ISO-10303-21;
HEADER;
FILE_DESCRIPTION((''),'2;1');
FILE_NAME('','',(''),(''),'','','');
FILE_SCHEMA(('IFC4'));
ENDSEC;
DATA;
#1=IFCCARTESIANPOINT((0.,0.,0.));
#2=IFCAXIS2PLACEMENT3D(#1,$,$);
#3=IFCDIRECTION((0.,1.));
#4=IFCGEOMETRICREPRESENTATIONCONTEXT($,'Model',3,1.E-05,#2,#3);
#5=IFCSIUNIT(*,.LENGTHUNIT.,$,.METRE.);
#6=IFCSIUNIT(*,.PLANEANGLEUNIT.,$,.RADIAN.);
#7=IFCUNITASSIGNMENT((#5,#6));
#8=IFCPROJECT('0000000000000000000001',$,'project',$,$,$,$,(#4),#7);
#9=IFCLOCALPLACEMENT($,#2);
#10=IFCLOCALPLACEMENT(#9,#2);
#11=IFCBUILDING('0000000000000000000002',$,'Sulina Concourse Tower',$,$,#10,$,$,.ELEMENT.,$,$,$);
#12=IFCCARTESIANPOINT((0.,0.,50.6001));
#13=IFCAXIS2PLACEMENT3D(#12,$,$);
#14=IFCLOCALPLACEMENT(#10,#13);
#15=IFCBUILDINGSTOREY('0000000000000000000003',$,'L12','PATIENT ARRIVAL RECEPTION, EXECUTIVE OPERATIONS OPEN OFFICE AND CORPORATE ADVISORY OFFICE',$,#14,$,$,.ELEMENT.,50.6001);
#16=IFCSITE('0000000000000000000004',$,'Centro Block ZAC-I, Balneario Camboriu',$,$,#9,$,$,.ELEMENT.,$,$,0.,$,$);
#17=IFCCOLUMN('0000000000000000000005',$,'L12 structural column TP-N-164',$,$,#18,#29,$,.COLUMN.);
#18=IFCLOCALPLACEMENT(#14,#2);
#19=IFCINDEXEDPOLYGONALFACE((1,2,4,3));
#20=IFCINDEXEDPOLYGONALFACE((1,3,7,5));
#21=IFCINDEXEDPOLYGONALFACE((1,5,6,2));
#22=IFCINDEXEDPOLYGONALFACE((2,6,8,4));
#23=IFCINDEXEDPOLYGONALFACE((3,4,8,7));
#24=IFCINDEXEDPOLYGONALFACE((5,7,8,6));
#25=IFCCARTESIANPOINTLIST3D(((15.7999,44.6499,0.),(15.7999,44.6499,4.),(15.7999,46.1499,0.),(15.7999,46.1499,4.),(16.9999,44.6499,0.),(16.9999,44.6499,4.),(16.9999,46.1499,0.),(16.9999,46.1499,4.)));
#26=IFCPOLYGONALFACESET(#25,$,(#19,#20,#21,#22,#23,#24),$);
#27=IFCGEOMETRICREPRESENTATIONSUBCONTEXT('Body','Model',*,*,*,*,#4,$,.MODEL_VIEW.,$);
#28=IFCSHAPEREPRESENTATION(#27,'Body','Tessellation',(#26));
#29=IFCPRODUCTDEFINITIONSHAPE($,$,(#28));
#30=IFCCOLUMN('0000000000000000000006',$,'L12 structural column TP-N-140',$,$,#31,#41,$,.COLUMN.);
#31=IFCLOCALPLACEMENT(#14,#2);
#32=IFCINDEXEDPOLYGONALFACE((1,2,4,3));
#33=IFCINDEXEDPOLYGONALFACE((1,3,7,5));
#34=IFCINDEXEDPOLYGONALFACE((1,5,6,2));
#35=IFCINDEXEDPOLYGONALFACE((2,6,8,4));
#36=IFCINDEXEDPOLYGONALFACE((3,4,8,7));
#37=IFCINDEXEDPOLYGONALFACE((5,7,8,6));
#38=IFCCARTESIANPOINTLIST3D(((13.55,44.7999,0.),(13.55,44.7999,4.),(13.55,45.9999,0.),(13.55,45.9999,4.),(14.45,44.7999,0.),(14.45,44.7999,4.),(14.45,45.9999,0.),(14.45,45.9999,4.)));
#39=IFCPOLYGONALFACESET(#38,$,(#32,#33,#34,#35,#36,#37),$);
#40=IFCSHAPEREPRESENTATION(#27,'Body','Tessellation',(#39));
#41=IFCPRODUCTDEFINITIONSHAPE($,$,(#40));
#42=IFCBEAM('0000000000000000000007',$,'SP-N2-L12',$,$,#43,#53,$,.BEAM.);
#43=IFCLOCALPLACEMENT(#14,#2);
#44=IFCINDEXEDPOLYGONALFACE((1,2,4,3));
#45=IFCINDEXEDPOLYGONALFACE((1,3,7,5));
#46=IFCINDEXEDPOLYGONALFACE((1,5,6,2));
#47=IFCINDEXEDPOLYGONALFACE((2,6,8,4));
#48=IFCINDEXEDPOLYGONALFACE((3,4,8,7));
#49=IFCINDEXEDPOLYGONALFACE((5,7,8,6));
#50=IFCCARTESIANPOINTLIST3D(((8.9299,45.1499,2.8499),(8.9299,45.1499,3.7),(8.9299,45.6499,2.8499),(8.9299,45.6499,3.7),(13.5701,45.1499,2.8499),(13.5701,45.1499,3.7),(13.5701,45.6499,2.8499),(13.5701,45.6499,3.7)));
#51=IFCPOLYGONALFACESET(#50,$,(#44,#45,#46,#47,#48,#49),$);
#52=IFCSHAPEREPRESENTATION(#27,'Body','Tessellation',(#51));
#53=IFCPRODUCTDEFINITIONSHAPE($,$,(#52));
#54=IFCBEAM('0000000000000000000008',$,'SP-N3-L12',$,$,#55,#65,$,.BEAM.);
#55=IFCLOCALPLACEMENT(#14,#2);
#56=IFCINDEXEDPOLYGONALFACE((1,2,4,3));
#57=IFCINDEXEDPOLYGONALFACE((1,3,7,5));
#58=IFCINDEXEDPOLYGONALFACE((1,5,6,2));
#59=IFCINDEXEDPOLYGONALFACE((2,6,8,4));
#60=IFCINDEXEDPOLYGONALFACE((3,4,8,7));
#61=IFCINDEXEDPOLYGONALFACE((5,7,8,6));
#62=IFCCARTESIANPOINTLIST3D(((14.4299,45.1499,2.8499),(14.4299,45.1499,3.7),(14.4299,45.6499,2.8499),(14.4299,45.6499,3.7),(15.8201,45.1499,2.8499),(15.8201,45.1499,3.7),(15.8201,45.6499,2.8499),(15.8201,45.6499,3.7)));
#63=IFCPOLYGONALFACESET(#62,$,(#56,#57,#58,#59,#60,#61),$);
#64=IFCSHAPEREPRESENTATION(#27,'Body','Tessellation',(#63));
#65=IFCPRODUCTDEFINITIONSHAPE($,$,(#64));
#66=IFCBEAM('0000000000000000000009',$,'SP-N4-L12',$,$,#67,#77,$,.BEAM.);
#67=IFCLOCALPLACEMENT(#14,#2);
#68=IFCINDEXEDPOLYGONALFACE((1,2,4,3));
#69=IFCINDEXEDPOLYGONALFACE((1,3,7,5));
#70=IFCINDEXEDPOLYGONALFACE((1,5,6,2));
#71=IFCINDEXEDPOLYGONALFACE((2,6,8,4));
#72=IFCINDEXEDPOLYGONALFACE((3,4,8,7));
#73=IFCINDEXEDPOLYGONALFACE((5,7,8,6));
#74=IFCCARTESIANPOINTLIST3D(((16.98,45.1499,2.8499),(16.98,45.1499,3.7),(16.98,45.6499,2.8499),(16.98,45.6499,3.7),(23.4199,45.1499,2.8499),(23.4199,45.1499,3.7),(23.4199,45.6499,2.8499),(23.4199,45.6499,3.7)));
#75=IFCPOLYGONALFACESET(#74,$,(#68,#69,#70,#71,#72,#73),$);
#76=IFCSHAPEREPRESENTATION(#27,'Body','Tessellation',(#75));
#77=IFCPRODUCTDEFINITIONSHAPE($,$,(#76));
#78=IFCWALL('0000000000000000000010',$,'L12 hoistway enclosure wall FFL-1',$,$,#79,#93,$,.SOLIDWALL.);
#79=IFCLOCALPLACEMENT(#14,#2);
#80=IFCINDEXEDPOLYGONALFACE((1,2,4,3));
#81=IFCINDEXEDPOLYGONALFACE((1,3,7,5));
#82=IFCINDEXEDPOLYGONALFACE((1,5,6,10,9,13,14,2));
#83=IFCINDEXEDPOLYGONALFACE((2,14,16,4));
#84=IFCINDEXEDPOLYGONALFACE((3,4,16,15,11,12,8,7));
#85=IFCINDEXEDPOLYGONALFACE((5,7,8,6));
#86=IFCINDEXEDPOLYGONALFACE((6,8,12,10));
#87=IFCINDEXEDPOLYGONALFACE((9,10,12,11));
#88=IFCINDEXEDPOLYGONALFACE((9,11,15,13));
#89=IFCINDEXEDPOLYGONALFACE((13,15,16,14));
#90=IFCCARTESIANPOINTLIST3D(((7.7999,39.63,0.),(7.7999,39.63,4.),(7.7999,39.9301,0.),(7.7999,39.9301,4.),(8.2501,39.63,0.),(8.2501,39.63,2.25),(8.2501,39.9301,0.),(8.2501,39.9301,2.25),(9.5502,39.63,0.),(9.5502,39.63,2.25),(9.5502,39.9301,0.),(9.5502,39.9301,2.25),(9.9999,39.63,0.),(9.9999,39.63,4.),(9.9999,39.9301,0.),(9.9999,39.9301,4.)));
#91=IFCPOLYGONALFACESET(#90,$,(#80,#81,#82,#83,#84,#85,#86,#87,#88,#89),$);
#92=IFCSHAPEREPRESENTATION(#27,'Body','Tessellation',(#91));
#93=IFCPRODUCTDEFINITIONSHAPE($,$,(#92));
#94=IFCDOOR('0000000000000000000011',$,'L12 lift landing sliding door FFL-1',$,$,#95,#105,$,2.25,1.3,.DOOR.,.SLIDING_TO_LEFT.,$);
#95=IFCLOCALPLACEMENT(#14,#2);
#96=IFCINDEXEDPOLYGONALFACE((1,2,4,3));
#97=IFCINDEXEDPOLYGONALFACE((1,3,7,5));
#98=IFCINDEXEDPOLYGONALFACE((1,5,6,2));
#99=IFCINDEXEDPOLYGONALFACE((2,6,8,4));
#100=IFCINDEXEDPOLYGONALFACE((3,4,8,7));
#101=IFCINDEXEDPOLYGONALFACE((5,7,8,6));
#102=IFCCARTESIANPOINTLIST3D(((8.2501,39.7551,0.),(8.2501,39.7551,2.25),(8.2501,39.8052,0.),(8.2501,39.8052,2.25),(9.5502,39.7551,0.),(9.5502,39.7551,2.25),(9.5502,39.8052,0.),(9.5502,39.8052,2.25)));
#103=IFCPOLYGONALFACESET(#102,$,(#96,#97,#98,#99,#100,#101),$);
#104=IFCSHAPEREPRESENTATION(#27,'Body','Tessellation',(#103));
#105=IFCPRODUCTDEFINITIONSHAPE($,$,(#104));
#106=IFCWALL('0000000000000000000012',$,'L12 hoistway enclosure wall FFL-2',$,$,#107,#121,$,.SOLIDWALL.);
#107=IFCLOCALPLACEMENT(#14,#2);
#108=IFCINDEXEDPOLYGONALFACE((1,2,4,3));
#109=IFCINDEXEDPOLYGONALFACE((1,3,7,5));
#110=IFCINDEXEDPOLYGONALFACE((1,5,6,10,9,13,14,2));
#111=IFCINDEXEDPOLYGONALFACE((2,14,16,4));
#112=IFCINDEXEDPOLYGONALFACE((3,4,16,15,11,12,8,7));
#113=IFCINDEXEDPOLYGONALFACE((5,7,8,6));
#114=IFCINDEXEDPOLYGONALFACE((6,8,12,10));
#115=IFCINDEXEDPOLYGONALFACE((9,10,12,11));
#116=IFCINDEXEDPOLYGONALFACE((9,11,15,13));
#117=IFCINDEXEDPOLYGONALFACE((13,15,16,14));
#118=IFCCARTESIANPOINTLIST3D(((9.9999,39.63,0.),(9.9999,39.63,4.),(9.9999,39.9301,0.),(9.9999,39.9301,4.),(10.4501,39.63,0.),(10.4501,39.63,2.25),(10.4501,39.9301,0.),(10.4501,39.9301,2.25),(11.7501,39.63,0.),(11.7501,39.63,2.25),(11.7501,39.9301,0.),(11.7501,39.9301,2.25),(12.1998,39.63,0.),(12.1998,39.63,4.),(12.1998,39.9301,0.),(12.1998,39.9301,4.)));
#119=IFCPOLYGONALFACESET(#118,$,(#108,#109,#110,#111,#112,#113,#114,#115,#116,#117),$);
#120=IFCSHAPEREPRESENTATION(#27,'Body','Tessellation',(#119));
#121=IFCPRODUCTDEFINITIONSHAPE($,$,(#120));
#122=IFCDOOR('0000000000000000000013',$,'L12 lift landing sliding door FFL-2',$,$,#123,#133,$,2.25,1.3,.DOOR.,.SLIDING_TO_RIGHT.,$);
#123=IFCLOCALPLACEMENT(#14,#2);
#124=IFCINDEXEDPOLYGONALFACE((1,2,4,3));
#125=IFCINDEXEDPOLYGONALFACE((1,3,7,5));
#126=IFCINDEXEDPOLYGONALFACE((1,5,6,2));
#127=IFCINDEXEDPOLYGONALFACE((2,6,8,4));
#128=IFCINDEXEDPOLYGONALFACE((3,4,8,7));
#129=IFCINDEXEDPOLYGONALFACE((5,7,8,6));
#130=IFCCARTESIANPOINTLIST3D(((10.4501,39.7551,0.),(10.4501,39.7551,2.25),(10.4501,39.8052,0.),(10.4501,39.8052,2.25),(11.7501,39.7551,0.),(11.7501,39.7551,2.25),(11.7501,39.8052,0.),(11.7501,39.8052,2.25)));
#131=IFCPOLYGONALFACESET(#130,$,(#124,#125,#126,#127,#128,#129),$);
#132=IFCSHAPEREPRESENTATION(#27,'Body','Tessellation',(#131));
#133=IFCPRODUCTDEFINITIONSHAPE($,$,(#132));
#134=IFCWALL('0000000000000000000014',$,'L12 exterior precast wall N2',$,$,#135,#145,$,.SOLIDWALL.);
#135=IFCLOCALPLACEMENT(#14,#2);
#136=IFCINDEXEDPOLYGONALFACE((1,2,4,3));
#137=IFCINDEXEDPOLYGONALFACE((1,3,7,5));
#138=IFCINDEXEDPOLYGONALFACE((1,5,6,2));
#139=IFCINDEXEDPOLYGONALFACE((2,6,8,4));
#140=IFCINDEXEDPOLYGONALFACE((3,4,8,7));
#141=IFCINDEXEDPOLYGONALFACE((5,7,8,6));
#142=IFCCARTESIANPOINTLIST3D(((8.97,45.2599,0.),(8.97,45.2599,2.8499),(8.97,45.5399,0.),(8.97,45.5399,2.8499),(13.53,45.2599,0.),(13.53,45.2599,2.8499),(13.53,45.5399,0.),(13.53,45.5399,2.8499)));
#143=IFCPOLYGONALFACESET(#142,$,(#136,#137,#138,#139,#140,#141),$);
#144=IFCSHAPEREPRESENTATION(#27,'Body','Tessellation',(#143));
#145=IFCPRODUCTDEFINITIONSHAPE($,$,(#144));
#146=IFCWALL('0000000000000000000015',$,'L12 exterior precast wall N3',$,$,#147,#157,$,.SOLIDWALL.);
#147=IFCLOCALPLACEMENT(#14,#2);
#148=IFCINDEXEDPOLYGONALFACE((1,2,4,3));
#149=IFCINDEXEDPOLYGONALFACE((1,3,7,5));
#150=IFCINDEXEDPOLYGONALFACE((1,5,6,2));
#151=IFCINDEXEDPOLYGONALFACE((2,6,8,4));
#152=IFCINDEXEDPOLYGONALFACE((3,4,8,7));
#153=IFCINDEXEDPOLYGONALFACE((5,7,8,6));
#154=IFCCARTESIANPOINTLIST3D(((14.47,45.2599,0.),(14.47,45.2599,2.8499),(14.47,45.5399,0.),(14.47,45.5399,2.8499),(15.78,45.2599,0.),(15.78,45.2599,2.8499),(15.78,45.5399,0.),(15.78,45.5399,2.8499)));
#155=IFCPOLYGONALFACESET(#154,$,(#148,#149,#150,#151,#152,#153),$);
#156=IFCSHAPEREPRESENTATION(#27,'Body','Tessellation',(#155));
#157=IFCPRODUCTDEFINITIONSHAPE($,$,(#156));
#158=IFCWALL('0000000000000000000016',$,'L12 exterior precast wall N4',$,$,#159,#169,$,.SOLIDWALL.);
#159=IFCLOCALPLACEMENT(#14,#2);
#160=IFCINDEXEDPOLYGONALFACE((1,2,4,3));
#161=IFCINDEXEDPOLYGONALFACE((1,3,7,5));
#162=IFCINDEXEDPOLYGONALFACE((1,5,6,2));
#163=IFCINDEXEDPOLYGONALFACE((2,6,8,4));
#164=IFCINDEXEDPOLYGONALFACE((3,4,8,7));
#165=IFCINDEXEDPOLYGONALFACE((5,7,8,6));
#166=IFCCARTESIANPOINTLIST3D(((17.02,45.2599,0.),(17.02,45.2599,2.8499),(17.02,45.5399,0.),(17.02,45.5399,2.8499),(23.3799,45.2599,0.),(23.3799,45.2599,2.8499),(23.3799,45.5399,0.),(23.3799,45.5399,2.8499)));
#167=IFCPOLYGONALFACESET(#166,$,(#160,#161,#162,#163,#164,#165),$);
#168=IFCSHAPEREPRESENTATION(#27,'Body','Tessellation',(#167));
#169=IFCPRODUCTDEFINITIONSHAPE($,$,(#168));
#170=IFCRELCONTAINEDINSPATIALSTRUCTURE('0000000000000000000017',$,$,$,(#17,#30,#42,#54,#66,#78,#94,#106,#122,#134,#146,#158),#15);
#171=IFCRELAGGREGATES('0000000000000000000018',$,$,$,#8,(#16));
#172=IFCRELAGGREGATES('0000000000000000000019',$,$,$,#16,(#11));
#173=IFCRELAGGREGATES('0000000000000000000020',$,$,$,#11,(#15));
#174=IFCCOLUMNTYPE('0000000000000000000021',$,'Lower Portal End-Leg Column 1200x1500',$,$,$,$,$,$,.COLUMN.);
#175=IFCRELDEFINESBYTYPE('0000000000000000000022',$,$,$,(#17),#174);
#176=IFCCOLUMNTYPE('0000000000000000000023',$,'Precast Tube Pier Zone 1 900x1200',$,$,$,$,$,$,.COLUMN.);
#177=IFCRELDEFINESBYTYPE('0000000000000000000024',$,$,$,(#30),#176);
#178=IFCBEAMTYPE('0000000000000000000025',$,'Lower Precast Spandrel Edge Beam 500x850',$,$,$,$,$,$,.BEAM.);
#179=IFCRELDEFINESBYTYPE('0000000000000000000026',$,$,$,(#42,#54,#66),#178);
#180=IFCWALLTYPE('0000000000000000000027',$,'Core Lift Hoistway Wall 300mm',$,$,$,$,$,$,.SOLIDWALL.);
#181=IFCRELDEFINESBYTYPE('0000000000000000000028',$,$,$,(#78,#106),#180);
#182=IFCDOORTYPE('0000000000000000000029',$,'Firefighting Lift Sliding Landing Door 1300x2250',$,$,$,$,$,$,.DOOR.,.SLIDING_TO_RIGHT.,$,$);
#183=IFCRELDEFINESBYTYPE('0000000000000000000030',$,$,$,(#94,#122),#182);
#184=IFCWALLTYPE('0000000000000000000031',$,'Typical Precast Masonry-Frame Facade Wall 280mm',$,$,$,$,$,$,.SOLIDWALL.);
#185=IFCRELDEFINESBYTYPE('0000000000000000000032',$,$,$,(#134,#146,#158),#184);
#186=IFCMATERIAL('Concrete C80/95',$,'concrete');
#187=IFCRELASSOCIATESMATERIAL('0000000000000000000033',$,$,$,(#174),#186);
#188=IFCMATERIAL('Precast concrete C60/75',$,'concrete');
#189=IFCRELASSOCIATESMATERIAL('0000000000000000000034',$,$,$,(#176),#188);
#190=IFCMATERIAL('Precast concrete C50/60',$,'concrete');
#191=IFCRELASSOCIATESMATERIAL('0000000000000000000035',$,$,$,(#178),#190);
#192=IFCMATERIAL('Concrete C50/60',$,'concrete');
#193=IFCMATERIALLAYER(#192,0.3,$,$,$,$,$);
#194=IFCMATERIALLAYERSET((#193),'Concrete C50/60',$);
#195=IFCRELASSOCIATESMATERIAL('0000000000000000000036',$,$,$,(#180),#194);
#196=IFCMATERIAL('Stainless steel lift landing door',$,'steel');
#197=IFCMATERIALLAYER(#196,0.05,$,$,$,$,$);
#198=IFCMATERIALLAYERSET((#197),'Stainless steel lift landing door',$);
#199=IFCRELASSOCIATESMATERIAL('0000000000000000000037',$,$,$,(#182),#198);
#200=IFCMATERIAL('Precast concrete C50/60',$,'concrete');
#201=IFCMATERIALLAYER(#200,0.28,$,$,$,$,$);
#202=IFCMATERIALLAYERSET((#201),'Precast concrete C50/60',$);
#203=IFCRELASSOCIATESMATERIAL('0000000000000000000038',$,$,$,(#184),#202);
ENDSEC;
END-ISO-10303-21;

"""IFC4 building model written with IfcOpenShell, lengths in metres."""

from ifc_helpers import new_model, si_unit, direction, frame, frame_2d, origin, origin_2d, place, context, subcontext, project, spatial, rectangle, extrude, material, layer, layer_set, material_profile, profile_set, type_object, element, fill, save


model = new_model("IFC4")

# Units and contexts
model_context = context("Model", 3, precision=1e-05, world=origin(), true_north=direction((0.0, 1.0)))
body_context = subcontext(model_context, "Body", "Model", "MODEL_VIEW")
ifc_project = project(units=[si_unit("LENGTHUNIT", "METRE"), si_unit("PLANEANGLEUNIT", "RADIAN")], contexts=[model_context])

# Site, building, storey
site_placement = place(None, origin())
site = spatial("IfcSite", under=ifc_project, at=site_placement, Name="Centro Block ZAC-I, Balneario Camboriu", CompositionType="ELEMENT", RefElevation=0.0)
building_placement = place(site_placement, origin())
building = spatial("IfcBuilding", under=site, at=building_placement, Name="Sulina Concourse Tower", CompositionType="ELEMENT")
storey_placement = place(building_placement, frame((0.0, 0.0, 50.6001)))
storey = spatial("IfcBuildingStorey", under=building, at=storey_placement, Name="L12", Description="PATIENT ARRIVAL RECEPTION, EXECUTIVE OPERATIONS OPEN OFFICE AND CORPORATE ADVISORY OFFICE", CompositionType="ELEMENT", Elevation=50.6001)

# Columns
ifc_material_1 = material(Name="Concrete C80/95", Category="concrete")
ifc_material_profile_1 = material_profile(ifc_material_1, rectangle(XDim=1.2, YDim=1.5, at=origin_2d()), Name="RC 1200x1500")
ifc_profile_set_1 = profile_set([ifc_material_profile_1], Name="Concrete C80/95")
column_type_1 = type_object("IfcColumnType", Name="Lower Portal End-Leg Column 1200x1500", PredefinedType="COLUMN", material=ifc_profile_set_1)
column_1_placement = place(storey_placement, frame((16.3999, 45.3999, 0.0), z_axis=(0.0, 0.0, 1.0), x_axis=(1.0, 0.0, 0.0)))
element("IfcColumn", 1, at=column_1_placement, inside=storey, type_object=column_type_1, Name="L12 structural column TP-N-164", PredefinedType="COLUMN", context=body_context, shape_type="SweptSolid", body=[
    extrude(rectangle(XDim=1.2, YDim=1.5, at=origin_2d()), origin(), (0.0, 0.0, 1.0), 4.0),
])
ifc_material_2 = material(Name="Precast concrete C60/75", Category="concrete")
ifc_material_profile_2 = material_profile(ifc_material_2, rectangle(XDim=0.8999, YDim=1.2, at=origin_2d()), Name="PC 900x1200")
ifc_profile_set_2 = profile_set([ifc_material_profile_2], Name="Precast concrete C60/75")
column_type_2 = type_object("IfcColumnType", Name="Precast Tube Pier Zone 1 900x1200", PredefinedType="COLUMN", material=ifc_profile_set_2)
column_2_placement = place(storey_placement, frame((14.0, 45.3999, 0.0), z_axis=(0.0, 0.0, 1.0), x_axis=(1.0, 0.0, 0.0)))
element("IfcColumn", 2, at=column_2_placement, inside=storey, type_object=column_type_2, Name="L12 structural column TP-N-140", PredefinedType="COLUMN", context=body_context, shape_type="SweptSolid", body=[
    extrude(rectangle(XDim=0.8999, YDim=1.2, at=origin_2d()), origin(), (0.0, 0.0, 1.0), 4.0),
])

# Beams
ifc_material_3 = material(Name="Precast concrete C50/60", Category="concrete")
ifc_material_profile_3 = material_profile(ifc_material_3, rectangle(XDim=0.5, YDim=0.8501, at=origin_2d()), Name="RC 500x850")
ifc_profile_set_3 = profile_set([ifc_material_profile_3], Name="Precast concrete C50/60")
beam_type = type_object("IfcBeamType", Name="Lower Precast Spandrel Edge Beam 500x850", PredefinedType="BEAM", material=ifc_profile_set_3)
beam_1_placement = place(storey_placement, frame((8.9299, 45.3999, 3.2749), z_axis=(1.0, 0.0, 0.0), x_axis=(0.0, 1.0, 0.0)))
element("IfcBeam", 3, at=beam_1_placement, inside=storey, type_object=beam_type, Name="SP-N2-L12", PredefinedType="BEAM", context=body_context, shape_type="SweptSolid", body=[
    extrude(rectangle(XDim=0.5, YDim=0.8501, at=origin_2d()), origin(), (0.0, 0.0, 1.0), 4.6401),
])
beam_2_placement = place(storey_placement, frame((14.4299, 45.3999, 3.2749), z_axis=(1.0, 0.0, 0.0), x_axis=(0.0, 1.0, 0.0)))
element("IfcBeam", 4, at=beam_2_placement, inside=storey, type_object=beam_type, Name="SP-N3-L12", PredefinedType="BEAM", context=body_context, shape_type="SweptSolid", body=[
    extrude(rectangle(XDim=0.5, YDim=0.8501, at=origin_2d()), origin(), (0.0, 0.0, 1.0), 1.3901),
])
beam_3_placement = place(storey_placement, frame((16.98, 45.3999, 3.2749), z_axis=(1.0, 0.0, 0.0), x_axis=(0.0, 1.0, 0.0)))
element("IfcBeam", 5, at=beam_3_placement, inside=storey, type_object=beam_type, Name="SP-N4-L12", PredefinedType="BEAM", context=body_context, shape_type="SweptSolid", body=[
    extrude(rectangle(XDim=0.5, YDim=0.8501, at=origin_2d()), origin(), (0.0, 0.0, 1.0), 6.4399),
])

# Walls, openings, doors
ifc_material_4 = material(Name="Concrete C50/60", Category="concrete")
ifc_layer_1 = layer(ifc_material_4, 0.3)
ifc_layer_set_1 = layer_set([ifc_layer_1], Name="Concrete C50/60")
wall_type_1 = type_object("IfcWallType", Name="Core Lift Hoistway Wall 300mm", PredefinedType="SOLIDWALL", material=ifc_layer_set_1)
wall_1_placement = place(storey_placement, frame((10.0, 39.78, 0.0), z_axis=(0.0, 0.0, 1.0), x_axis=(-1.0, 0.0, 0.0)))
wall_1 = element("IfcWall", 6, at=wall_1_placement, inside=storey, type_object=wall_type_1, Name="L12 hoistway enclosure wall FFL-1", PredefinedType="SOLIDWALL", context=body_context, shape_type="SweptSolid", body=[
    extrude(rectangle(XDim=2.2, YDim=0.3, at=frame_2d((1.1001, 0.0))), origin(), (0.0, 0.0, 1.0), 4.0),
])
opening_1_placement = place(wall_1_placement, frame((0.45, 0.0, 0.0)))
opening_1 = element("IfcOpeningElement", 7, at=opening_1_placement, cuts=wall_1, PredefinedType="OPENING", context=body_context, shape_type="SweptSolid", body=[
    extrude(rectangle(XDim=1.3, YDim=2.25, at=frame_2d((0.6499, 1.125))), frame((0.0, 0.1599, 0.0), z_axis=(0.0, -1.0, 0.0), x_axis=(1.0, 0.0, 0.0)), (0.0, 0.0, 1.0), 0.3201),
])
ifc_material_5 = material(Name="Stainless steel lift landing door", Category="steel")
ifc_layer_2 = layer(ifc_material_5, 0.05)
ifc_layer_set_2 = layer_set([ifc_layer_2], Name="Stainless steel lift landing door")
door_type = type_object("IfcDoorType", Name="Firefighting Lift Sliding Landing Door 1300x2250", OperationType="SLIDING_TO_RIGHT", PredefinedType="DOOR", material=ifc_layer_set_2)
door_1_placement = place(opening_1_placement, origin())
door_1 = element("IfcDoor", 8, at=door_1_placement, inside=storey, type_object=door_type, Name="L12 lift landing sliding door FFL-1", OperationType="SLIDING_TO_LEFT", OverallHeight=2.25, OverallWidth=1.3, PredefinedType="DOOR", context=body_context, shape_type="SweptSolid", body=[
    extrude(rectangle(XDim=1.3, YDim=2.25, at=frame_2d((0.6499, 1.125))), frame((0.0, 0.0249, 0.0), z_axis=(0.0, -1.0, 0.0), x_axis=(1.0, 0.0, 0.0)), (0.0, 0.0, 1.0), 0.05),
])
fill(opening_1, door_1)
wall_2_placement = place(storey_placement, frame((12.2, 39.78, 0.0), z_axis=(0.0, 0.0, 1.0), x_axis=(-1.0, 0.0, 0.0)))
wall_2 = element("IfcWall", 9, at=wall_2_placement, inside=storey, type_object=wall_type_1, Name="L12 hoistway enclosure wall FFL-2", PredefinedType="SOLIDWALL", context=body_context, shape_type="SweptSolid", body=[
    extrude(rectangle(XDim=2.2, YDim=0.3, at=frame_2d((1.1001, 0.0))), origin(), (0.0, 0.0, 1.0), 4.0),
])
opening_2_placement = place(wall_2_placement, frame((0.45, 0.0, 0.0)))
opening_2 = element("IfcOpeningElement", 10, at=opening_2_placement, cuts=wall_2, PredefinedType="OPENING", context=body_context, shape_type="SweptSolid", body=[
    extrude(rectangle(XDim=1.3, YDim=2.25, at=frame_2d((0.6499, 1.125))), frame((0.0, 0.1599, 0.0), z_axis=(0.0, -1.0, 0.0), x_axis=(1.0, 0.0, 0.0)), (0.0, 0.0, 1.0), 0.3201),
])
door_2_placement = place(opening_2_placement, origin())
door_2 = element("IfcDoor", 11, at=door_2_placement, inside=storey, type_object=door_type, Name="L12 lift landing sliding door FFL-2", OperationType="SLIDING_TO_RIGHT", OverallHeight=2.25, OverallWidth=1.3, PredefinedType="DOOR", context=body_context, shape_type="SweptSolid", body=[
    extrude(rectangle(XDim=1.3, YDim=2.25, at=frame_2d((0.6499, 1.125))), frame((0.0, 0.0249, 0.0), z_axis=(0.0, -1.0, 0.0), x_axis=(1.0, 0.0, 0.0)), (0.0, 0.0, 1.0), 0.05),
])
fill(opening_2, door_2)

# Walls
ifc_material_6 = material(Name="Precast concrete C50/60", Category="concrete")
ifc_layer_3 = layer(ifc_material_6, 0.28)
ifc_layer_set_3 = layer_set([ifc_layer_3], Name="Precast concrete C50/60")
wall_type_2 = type_object("IfcWallType", Name="Typical Precast Masonry-Frame Facade Wall 280mm", PredefinedType="SOLIDWALL", material=ifc_layer_set_3)
wall_3_placement = place(storey_placement, frame((8.97, 45.3999, 0.0), z_axis=(0.0, 0.0, 1.0), x_axis=(1.0, 0.0, 0.0)))
element("IfcWall", 12, at=wall_3_placement, inside=storey, type_object=wall_type_2, Name="L12 exterior precast wall N2", PredefinedType="SOLIDWALL", context=body_context, shape_type="SweptSolid", body=[
    extrude(rectangle(XDim=4.5601, YDim=0.28, at=frame_2d((2.28, 0.0))), origin(), (0.0, 0.0, 1.0), 2.8499),
])
wall_4_placement = place(storey_placement, frame((14.47, 45.3999, 0.0), z_axis=(0.0, 0.0, 1.0), x_axis=(1.0, 0.0, 0.0)))
element("IfcWall", 13, at=wall_4_placement, inside=storey, type_object=wall_type_2, Name="L12 exterior precast wall N3", PredefinedType="SOLIDWALL", context=body_context, shape_type="SweptSolid", body=[
    extrude(rectangle(XDim=1.3101, YDim=0.28, at=frame_2d((0.655, 0.0))), origin(), (0.0, 0.0, 1.0), 2.8499),
])
wall_5_placement = place(storey_placement, frame((17.02, 45.3999, 0.0), z_axis=(0.0, 0.0, 1.0), x_axis=(1.0, 0.0, 0.0)))
element("IfcWall", 14, at=wall_5_placement, inside=storey, type_object=wall_type_2, Name="L12 exterior precast wall N4", PredefinedType="SOLIDWALL", context=body_context, shape_type="SweptSolid", body=[
    extrude(rectangle(XDim=6.3599, YDim=0.28, at=frame_2d((3.1799, 0.0))), origin(), (0.0, 0.0, 1.0), 2.8499),
])

save(model, "model.ifc")
